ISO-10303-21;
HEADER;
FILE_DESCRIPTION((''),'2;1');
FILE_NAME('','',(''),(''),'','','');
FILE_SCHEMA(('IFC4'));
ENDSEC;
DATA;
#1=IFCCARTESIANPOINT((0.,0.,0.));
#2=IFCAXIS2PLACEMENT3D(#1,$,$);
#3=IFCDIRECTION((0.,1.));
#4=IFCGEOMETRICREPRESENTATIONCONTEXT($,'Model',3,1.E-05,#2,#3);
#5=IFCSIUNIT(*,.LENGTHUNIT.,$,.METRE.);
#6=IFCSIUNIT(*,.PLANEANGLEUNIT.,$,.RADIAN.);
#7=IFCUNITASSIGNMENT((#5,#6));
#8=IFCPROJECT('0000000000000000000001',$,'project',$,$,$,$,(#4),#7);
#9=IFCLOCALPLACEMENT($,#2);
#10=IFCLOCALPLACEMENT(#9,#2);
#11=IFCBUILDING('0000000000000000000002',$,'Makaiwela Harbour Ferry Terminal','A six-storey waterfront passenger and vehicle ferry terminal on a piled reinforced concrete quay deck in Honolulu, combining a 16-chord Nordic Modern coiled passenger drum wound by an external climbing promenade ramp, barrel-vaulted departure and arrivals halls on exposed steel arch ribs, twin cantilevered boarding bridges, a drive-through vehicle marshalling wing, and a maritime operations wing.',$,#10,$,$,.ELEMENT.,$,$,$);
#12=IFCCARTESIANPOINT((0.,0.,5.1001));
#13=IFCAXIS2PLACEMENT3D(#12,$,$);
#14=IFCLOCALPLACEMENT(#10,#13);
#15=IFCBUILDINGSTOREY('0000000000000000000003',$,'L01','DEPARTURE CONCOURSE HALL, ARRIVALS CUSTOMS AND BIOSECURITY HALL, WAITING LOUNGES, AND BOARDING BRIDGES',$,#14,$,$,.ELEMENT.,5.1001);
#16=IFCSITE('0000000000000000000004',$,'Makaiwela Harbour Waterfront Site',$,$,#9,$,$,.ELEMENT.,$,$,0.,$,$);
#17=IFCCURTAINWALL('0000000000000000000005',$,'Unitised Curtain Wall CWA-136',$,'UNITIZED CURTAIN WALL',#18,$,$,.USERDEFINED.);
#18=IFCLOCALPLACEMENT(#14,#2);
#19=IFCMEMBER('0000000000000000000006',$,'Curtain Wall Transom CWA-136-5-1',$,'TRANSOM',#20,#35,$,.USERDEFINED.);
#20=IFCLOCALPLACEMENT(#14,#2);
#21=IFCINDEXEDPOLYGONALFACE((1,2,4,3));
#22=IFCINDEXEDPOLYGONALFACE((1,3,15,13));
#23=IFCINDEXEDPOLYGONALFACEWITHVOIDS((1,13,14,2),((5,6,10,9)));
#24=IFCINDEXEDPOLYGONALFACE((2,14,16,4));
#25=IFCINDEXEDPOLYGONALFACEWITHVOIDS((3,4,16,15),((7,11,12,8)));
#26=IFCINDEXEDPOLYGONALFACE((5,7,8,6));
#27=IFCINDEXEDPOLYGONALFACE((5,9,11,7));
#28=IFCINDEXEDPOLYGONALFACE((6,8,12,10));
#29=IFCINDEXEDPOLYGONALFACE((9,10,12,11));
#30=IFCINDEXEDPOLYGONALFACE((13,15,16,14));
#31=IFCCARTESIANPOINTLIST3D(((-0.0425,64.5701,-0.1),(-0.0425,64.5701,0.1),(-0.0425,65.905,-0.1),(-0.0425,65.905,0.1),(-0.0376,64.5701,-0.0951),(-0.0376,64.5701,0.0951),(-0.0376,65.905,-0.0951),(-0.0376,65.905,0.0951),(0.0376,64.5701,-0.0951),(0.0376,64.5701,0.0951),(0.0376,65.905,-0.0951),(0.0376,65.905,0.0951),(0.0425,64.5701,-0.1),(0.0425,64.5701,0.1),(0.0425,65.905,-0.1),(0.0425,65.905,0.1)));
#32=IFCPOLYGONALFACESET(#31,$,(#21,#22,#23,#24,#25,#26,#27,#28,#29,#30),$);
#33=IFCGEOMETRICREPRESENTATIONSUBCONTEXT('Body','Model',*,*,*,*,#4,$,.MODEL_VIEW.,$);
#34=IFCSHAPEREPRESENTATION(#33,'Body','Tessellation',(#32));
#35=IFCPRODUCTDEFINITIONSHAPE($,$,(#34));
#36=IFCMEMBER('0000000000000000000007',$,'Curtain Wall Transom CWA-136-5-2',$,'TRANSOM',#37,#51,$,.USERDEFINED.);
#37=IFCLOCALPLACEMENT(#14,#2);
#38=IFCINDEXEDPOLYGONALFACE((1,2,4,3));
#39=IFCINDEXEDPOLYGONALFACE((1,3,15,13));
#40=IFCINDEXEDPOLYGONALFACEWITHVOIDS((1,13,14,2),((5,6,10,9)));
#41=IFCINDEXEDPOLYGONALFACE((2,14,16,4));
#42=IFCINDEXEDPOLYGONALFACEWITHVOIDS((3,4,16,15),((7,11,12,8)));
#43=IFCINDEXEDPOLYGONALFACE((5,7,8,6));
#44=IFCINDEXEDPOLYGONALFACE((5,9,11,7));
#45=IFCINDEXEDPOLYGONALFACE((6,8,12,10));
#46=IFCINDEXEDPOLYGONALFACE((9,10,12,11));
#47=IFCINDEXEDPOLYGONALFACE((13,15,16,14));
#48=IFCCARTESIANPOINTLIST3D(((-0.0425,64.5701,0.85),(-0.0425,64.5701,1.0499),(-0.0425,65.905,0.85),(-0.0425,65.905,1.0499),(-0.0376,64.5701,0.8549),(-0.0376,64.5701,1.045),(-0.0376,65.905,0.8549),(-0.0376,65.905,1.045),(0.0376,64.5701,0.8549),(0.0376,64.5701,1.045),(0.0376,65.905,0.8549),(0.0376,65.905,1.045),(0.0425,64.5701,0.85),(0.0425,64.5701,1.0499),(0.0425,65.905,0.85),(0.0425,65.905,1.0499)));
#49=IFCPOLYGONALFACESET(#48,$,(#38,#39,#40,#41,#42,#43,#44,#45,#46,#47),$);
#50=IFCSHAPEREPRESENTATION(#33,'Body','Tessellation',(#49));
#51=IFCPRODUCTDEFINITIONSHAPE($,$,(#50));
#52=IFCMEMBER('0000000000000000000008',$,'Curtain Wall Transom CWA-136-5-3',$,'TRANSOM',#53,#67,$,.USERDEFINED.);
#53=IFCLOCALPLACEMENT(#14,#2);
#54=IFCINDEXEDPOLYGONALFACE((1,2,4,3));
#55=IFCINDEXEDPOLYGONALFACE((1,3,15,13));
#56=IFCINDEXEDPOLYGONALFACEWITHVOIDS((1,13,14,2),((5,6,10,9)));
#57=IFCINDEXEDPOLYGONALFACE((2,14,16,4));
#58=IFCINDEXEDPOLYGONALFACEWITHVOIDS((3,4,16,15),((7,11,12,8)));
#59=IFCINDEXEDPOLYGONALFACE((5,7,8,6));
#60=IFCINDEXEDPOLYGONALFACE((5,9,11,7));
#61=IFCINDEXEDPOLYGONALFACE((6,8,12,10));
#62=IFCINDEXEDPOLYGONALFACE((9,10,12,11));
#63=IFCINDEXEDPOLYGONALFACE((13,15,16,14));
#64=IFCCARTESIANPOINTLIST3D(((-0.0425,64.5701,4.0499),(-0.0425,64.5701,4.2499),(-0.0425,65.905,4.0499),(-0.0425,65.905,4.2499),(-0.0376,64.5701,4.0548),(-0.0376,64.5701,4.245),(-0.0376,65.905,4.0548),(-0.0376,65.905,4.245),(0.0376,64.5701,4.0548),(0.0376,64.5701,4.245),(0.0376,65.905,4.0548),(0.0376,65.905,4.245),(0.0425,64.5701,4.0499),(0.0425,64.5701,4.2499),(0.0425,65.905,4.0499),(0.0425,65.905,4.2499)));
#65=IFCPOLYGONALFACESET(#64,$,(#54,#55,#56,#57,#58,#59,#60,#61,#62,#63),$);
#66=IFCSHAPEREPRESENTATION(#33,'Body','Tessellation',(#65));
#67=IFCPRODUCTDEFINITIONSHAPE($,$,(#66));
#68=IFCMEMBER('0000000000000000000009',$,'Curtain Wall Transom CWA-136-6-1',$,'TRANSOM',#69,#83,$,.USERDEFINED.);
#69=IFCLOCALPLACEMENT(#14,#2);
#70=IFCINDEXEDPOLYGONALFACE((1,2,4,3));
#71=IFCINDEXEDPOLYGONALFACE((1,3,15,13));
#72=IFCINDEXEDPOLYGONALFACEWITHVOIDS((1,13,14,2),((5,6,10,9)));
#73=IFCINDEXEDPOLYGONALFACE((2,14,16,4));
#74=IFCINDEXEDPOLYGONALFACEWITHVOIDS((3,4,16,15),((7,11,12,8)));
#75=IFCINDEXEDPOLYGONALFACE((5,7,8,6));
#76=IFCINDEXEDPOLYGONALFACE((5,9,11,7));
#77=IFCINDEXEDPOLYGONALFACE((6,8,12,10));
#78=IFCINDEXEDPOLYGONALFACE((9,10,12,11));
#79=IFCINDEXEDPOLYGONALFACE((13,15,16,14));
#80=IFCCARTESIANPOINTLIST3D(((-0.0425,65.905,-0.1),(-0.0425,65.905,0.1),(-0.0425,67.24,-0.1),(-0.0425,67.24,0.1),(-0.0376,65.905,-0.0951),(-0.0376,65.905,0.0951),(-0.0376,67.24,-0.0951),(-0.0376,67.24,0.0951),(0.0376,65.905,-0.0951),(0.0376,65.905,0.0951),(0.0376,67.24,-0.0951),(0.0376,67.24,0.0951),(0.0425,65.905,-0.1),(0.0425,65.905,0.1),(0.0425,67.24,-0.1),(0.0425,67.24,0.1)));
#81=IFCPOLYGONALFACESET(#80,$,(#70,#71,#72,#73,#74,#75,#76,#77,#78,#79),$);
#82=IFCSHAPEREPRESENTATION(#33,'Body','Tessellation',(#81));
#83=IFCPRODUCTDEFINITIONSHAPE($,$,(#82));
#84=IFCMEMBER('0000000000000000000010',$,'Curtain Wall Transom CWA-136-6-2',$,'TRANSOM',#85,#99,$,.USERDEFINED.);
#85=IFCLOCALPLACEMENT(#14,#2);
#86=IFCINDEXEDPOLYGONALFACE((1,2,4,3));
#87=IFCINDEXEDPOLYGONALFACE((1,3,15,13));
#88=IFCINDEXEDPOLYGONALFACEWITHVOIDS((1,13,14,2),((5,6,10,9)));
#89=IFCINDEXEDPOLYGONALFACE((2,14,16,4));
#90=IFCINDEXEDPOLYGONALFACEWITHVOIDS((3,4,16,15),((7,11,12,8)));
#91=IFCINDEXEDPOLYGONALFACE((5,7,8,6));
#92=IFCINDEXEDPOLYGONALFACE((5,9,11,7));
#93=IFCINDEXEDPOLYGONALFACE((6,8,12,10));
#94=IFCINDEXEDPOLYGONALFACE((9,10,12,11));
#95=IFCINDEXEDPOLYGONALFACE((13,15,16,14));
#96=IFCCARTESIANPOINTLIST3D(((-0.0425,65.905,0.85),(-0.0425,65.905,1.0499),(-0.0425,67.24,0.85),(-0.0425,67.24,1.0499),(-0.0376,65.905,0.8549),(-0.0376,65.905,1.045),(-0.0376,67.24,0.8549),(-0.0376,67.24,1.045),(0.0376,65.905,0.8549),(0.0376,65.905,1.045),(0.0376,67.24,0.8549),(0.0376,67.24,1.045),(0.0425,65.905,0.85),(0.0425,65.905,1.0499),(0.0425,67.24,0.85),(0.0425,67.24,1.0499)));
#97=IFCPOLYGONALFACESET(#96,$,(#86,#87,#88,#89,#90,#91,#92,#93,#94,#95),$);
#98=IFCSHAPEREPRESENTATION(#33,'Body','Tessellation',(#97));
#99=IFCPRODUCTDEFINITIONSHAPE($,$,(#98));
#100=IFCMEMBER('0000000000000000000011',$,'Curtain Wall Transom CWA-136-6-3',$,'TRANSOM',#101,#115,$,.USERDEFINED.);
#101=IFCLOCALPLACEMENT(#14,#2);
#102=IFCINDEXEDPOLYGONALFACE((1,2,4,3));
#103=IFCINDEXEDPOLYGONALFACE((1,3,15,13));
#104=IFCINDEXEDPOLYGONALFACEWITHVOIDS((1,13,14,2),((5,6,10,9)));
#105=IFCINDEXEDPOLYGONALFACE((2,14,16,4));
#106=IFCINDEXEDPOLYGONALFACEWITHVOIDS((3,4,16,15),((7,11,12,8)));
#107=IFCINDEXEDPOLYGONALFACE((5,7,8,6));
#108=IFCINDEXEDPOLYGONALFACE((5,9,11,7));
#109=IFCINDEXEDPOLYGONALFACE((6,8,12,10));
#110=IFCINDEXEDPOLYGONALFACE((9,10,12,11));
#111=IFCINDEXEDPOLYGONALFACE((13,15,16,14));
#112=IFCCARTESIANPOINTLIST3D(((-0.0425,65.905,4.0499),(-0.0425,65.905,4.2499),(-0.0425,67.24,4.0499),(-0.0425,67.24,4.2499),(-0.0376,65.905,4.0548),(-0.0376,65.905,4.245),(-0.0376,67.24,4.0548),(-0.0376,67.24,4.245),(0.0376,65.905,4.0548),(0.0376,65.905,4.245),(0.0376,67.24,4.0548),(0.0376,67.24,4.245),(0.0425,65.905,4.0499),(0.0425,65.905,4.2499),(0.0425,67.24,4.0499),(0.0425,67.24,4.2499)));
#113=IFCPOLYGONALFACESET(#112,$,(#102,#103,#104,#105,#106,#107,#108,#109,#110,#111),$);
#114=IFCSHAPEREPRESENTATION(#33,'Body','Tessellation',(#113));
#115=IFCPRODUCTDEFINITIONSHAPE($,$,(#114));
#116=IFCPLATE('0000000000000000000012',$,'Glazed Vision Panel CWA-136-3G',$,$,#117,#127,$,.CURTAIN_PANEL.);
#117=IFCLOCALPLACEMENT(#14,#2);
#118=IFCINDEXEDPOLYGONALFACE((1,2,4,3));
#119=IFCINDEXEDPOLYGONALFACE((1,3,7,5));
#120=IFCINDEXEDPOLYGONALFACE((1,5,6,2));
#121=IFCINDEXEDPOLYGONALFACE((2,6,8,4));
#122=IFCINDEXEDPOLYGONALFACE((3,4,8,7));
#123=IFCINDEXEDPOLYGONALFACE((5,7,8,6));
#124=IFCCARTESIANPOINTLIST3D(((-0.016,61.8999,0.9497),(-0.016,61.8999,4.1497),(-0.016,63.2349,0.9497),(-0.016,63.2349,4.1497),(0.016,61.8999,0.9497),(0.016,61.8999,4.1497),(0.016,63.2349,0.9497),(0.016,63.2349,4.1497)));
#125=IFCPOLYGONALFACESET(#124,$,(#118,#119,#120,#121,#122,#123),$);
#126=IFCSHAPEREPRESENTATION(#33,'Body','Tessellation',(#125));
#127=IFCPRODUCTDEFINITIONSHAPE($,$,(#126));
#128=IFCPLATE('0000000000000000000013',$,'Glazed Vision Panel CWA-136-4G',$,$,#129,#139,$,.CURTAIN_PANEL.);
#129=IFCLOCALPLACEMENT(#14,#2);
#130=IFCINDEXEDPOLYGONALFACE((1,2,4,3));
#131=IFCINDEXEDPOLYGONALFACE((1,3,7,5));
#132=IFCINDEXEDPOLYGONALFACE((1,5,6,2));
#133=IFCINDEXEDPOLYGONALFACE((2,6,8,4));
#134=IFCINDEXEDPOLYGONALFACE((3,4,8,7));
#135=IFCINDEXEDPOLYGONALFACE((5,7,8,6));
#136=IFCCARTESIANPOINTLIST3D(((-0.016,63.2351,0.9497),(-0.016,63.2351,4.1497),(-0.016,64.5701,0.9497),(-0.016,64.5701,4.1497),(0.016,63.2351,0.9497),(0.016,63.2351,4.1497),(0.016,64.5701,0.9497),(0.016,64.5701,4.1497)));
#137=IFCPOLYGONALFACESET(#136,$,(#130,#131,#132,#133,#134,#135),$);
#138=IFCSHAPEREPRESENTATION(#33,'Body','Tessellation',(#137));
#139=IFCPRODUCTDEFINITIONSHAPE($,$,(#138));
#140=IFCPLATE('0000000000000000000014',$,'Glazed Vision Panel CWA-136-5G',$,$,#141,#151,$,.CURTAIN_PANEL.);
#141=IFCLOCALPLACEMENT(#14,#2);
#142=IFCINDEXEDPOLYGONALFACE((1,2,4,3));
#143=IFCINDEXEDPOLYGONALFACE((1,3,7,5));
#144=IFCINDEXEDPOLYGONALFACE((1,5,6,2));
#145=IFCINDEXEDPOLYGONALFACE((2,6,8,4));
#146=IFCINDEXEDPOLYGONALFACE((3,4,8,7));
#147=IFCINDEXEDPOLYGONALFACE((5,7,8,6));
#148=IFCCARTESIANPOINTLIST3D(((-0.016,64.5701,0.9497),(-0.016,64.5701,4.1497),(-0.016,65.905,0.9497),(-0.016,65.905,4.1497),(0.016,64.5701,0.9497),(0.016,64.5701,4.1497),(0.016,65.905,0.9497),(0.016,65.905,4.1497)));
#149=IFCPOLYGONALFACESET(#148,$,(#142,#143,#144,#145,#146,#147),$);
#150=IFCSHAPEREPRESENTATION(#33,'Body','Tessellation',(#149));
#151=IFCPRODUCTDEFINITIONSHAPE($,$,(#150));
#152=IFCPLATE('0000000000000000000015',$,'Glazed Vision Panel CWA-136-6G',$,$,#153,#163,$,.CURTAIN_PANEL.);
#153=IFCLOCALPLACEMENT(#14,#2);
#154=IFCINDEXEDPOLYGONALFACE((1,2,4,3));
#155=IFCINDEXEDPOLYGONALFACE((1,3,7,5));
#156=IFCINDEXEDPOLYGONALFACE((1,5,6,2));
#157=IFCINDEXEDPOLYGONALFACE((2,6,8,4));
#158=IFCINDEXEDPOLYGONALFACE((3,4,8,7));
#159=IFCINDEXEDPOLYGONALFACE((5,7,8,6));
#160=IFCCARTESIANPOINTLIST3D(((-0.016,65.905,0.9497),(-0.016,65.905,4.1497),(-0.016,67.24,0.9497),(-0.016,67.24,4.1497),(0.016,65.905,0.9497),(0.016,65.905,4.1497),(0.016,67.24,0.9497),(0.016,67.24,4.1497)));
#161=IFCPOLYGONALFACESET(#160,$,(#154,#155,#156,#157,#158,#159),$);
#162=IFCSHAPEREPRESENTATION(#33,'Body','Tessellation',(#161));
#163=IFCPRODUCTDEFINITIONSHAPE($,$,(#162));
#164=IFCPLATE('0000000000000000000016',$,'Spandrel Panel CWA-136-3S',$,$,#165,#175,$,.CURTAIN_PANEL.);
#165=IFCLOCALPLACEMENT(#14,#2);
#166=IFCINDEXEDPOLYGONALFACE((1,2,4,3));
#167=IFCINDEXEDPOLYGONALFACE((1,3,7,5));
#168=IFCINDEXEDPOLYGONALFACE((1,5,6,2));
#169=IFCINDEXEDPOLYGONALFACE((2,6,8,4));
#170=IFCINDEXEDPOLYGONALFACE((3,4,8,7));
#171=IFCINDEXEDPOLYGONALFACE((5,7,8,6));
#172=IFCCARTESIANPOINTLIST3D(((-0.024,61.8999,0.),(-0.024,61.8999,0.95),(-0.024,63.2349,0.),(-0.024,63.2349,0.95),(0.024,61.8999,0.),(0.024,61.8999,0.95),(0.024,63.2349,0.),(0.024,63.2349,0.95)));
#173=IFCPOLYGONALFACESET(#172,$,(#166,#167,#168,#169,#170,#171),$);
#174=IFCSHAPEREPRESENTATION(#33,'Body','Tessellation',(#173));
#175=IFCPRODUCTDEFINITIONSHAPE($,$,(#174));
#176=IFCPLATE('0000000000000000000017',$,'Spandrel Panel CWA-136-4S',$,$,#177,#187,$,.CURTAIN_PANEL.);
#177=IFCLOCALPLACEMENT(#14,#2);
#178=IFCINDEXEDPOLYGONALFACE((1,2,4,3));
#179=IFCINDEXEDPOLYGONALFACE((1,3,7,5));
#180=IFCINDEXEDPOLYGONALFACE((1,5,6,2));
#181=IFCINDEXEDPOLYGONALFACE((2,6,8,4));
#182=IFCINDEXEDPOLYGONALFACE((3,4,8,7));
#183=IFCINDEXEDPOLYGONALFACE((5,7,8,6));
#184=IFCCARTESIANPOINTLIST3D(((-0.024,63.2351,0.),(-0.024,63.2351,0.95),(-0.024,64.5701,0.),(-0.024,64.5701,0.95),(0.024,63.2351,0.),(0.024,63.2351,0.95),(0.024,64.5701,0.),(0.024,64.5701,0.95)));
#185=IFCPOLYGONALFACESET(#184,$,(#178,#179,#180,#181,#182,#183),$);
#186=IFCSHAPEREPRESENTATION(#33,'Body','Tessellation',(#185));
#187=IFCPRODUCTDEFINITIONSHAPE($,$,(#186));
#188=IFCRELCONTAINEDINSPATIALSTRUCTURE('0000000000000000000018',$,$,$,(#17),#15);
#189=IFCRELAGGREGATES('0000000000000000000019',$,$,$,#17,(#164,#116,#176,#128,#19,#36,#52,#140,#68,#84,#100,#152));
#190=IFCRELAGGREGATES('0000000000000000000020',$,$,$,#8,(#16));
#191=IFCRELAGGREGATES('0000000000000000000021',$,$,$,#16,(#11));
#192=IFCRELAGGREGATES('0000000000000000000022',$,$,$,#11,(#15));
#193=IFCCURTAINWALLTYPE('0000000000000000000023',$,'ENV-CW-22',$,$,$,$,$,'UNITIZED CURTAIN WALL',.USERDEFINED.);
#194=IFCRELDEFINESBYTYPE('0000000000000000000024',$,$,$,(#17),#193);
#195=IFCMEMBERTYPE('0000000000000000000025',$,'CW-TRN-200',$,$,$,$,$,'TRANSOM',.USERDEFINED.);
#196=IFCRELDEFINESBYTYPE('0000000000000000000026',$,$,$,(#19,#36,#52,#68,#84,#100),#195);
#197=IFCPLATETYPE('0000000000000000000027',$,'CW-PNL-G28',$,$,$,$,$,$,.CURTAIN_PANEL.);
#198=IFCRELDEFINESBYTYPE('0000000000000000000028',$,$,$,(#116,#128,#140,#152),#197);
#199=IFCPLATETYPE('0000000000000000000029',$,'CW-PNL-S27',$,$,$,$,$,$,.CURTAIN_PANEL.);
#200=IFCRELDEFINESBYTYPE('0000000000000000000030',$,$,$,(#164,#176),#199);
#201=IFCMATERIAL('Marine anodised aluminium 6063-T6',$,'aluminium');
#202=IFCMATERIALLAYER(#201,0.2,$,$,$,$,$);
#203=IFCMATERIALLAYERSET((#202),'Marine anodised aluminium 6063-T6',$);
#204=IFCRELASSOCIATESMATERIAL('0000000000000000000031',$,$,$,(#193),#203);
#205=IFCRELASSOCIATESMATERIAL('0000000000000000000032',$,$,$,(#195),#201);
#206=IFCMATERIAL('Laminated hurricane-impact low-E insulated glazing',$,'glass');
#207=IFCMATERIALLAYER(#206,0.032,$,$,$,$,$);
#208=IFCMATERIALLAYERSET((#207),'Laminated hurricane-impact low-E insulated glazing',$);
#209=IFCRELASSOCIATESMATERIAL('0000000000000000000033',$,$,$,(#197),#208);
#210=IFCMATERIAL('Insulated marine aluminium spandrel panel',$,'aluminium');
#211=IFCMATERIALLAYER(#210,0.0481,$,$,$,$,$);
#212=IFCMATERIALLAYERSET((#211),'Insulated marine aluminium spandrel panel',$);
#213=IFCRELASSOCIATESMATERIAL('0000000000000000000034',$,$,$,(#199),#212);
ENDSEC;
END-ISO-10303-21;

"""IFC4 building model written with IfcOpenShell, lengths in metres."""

from ifc_helpers import new_model, si_unit, direction, frame, origin, origin_2d, place, context, subcontext, project, spatial, rectangle, hollow_rectangle, extrude, material, layer, layer_set, material_profile, profile_set, type_object, element, aggregate, save


model = new_model("IFC4")

# Units and contexts
model_context = context("Model", 3, precision=1e-05, world=origin(), true_north=direction((0.0, 1.0)))
body_context = subcontext(model_context, "Body", "Model", "MODEL_VIEW")
ifc_project = project(units=[si_unit("LENGTHUNIT", "METRE"), si_unit("PLANEANGLEUNIT", "RADIAN")], contexts=[model_context])

# Site, building, storey
site_placement = place(None, origin())
site = spatial("IfcSite", under=ifc_project, at=site_placement, Name="Makaiwela Harbour Waterfront Site", CompositionType="ELEMENT", RefElevation=0.0)
building_placement = place(site_placement, origin())
building = spatial("IfcBuilding", under=site, at=building_placement, Name="Makaiwela Harbour Ferry Terminal", Description="A six-storey waterfront passenger and vehicle ferry terminal on a piled reinforced concrete quay deck in Honolulu, combining a 16-chord Nordic Modern coiled passenger drum wound by an external climbing promenade ramp, barrel-vaulted departure and arrivals halls on exposed steel arch ribs, twin cantilevered boarding bridges, a drive-through vehicle marshalling wing, and a maritime operations wing.", CompositionType="ELEMENT")
storey_placement = place(building_placement, frame((0.0, 0.0, 5.1001)))
storey = spatial("IfcBuildingStorey", under=building, at=storey_placement, Name="L01", Description="DEPARTURE CONCOURSE HALL, ARRIVALS CUSTOMS AND BIOSECURITY HALL, WAITING LOUNGES, AND BOARDING BRIDGES", CompositionType="ELEMENT", Elevation=5.1001)

# Curtain wall
ifc_material_1 = material(Name="Marine anodised aluminium 6063-T6", Category="aluminium")
ifc_layer_1 = layer(ifc_material_1, 0.2)
ifc_layer_set_1 = layer_set([ifc_layer_1], Name="Marine anodised aluminium 6063-T6")
curtain_wall_type = type_object("IfcCurtainWallType", Name="ENV-CW-22", ElementType="UNITIZED CURTAIN WALL", PredefinedType="USERDEFINED", material=ifc_layer_set_1)
curtain_wall_1_placement = place(storey_placement, origin())
curtain_wall_1 = element("IfcCurtainWall", 1, at=curtain_wall_1_placement, inside=storey, type_object=curtain_wall_type, Name="Unitised Curtain Wall CWA-136", ObjectType="UNITIZED CURTAIN WALL", PredefinedType="USERDEFINED")

# Members
ifc_material_profile_1 = material_profile(ifc_material_1, hollow_rectangle(XDim=0.085, YDim=0.2, WallThickness=0.0049, at=origin_2d()), Name="CWT-200X85")
ifc_profile_set_1 = profile_set([ifc_material_profile_1], Name="Marine anodised aluminium 6063-T6")
member_type_1 = type_object("IfcMemberType", Name="CW-TRN-200", ElementType="TRANSOM", PredefinedType="USERDEFINED", material=ifc_profile_set_1)
member_1_placement = place(storey_placement, frame((0.0, 64.5701, 0.0), z_axis=(0.0, 1.0, 0.0), x_axis=(-1.0, 0.0, 0.0)))
member_1 = element("IfcMember", 2, at=member_1_placement, type_object=member_type_1, Name="Curtain Wall Transom CWA-136-5-1", ObjectType="TRANSOM", PredefinedType="USERDEFINED", context=body_context, shape_type="SweptSolid", body=[
    extrude(hollow_rectangle(XDim=0.085, YDim=0.2, WallThickness=0.0049, at=origin_2d()), origin(), (0.0, 0.0, 1.0), 1.335),
])
member_2_placement = place(storey_placement, frame((0.0, 64.5701, 0.95), z_axis=(0.0, 1.0, 0.0), x_axis=(-1.0, 0.0, 0.0)))
member_2 = element("IfcMember", 3, at=member_2_placement, type_object=member_type_1, Name="Curtain Wall Transom CWA-136-5-2", ObjectType="TRANSOM", PredefinedType="USERDEFINED", context=body_context, shape_type="SweptSolid", body=[
    extrude(hollow_rectangle(XDim=0.085, YDim=0.2, WallThickness=0.0049, at=origin_2d()), origin(), (0.0, 0.0, 1.0), 1.335),
])
member_3_placement = place(storey_placement, frame((0.0, 64.5701, 4.1499), z_axis=(0.0, 1.0, 0.0), x_axis=(-1.0, 0.0, 0.0)))
member_3 = element("IfcMember", 4, at=member_3_placement, type_object=member_type_1, Name="Curtain Wall Transom CWA-136-5-3", ObjectType="TRANSOM", PredefinedType="USERDEFINED", context=body_context, shape_type="SweptSolid", body=[
    extrude(hollow_rectangle(XDim=0.085, YDim=0.2, WallThickness=0.0049, at=origin_2d()), origin(), (0.0, 0.0, 1.0), 1.335),
])
member_4_placement = place(storey_placement, frame((0.0, 65.905, 0.0), z_axis=(0.0, 1.0, 0.0), x_axis=(-1.0, 0.0, 0.0)))
member_4 = element("IfcMember", 5, at=member_4_placement, type_object=member_type_1, Name="Curtain Wall Transom CWA-136-6-1", ObjectType="TRANSOM", PredefinedType="USERDEFINED", context=body_context, shape_type="SweptSolid", body=[
    extrude(hollow_rectangle(XDim=0.085, YDim=0.2, WallThickness=0.0049, at=origin_2d()), origin(), (0.0, 0.0, 1.0), 1.335),
])
member_5_placement = place(storey_placement, frame((0.0, 65.905, 0.95), z_axis=(0.0, 1.0, 0.0), x_axis=(-1.0, 0.0, 0.0)))
member_5 = element("IfcMember", 6, at=member_5_placement, type_object=member_type_1, Name="Curtain Wall Transom CWA-136-6-2", ObjectType="TRANSOM", PredefinedType="USERDEFINED", context=body_context, shape_type="SweptSolid", body=[
    extrude(hollow_rectangle(XDim=0.085, YDim=0.2, WallThickness=0.0049, at=origin_2d()), origin(), (0.0, 0.0, 1.0), 1.335),
])
member_6_placement = place(storey_placement, frame((0.0, 65.905, 4.1499), z_axis=(0.0, 1.0, 0.0), x_axis=(-1.0, 0.0, 0.0)))
member_6 = element("IfcMember", 7, at=member_6_placement, type_object=member_type_1, Name="Curtain Wall Transom CWA-136-6-3", ObjectType="TRANSOM", PredefinedType="USERDEFINED", context=body_context, shape_type="SweptSolid", body=[
    extrude(hollow_rectangle(XDim=0.085, YDim=0.2, WallThickness=0.0049, at=origin_2d()), origin(), (0.0, 0.0, 1.0), 1.335),
])

# Plates
ifc_material_2 = material(Name="Laminated hurricane-impact low-E insulated glazing", Category="glass")
ifc_layer_2 = layer(ifc_material_2, 0.032)
ifc_layer_set_2 = layer_set([ifc_layer_2], Name="Laminated hurricane-impact low-E insulated glazing")
plate_type_1 = type_object("IfcPlateType", Name="CW-PNL-G28", PredefinedType="CURTAIN_PANEL", material=ifc_layer_set_2)
plate_1_placement = place(storey_placement, frame((0.0, 62.5674, 0.9497), z_axis=(0.0, 0.0, 1.0), x_axis=(0.0, 1.0, 0.0)))
plate_1 = element("IfcPlate", 8, at=plate_1_placement, type_object=plate_type_1, Name="Glazed Vision Panel CWA-136-3G", PredefinedType="CURTAIN_PANEL", context=body_context, shape_type="SweptSolid", body=[
    extrude(rectangle(XDim=1.335, YDim=0.032, at=origin_2d()), origin(), (0.0, 0.0, 1.0), 3.2),
])
plate_2_placement = place(storey_placement, frame((0.0, 63.9026, 0.9497), z_axis=(0.0, 0.0, 1.0), x_axis=(0.0, 1.0, 0.0)))
plate_2 = element("IfcPlate", 9, at=plate_2_placement, type_object=plate_type_1, Name="Glazed Vision Panel CWA-136-4G", PredefinedType="CURTAIN_PANEL", context=body_context, shape_type="SweptSolid", body=[
    extrude(rectangle(XDim=1.335, YDim=0.032, at=origin_2d()), origin(), (0.0, 0.0, 1.0), 3.2),
])
plate_3_placement = place(storey_placement, frame((0.0, 65.2375, 0.9497), z_axis=(0.0, 0.0, 1.0), x_axis=(0.0, 1.0, 0.0)))
plate_3 = element("IfcPlate", 10, at=plate_3_placement, type_object=plate_type_1, Name="Glazed Vision Panel CWA-136-5G", PredefinedType="CURTAIN_PANEL", context=body_context, shape_type="SweptSolid", body=[
    extrude(rectangle(XDim=1.335, YDim=0.032, at=origin_2d()), origin(), (0.0, 0.0, 1.0), 3.2),
])
plate_4_placement = place(storey_placement, frame((0.0, 66.5725, 0.9497), z_axis=(0.0, 0.0, 1.0), x_axis=(0.0, 1.0, 0.0)))
plate_4 = element("IfcPlate", 11, at=plate_4_placement, type_object=plate_type_1, Name="Glazed Vision Panel CWA-136-6G", PredefinedType="CURTAIN_PANEL", context=body_context, shape_type="SweptSolid", body=[
    extrude(rectangle(XDim=1.335, YDim=0.032, at=origin_2d()), origin(), (0.0, 0.0, 1.0), 3.2),
])
ifc_material_3 = material(Name="Insulated marine aluminium spandrel panel", Category="aluminium")
ifc_layer_3 = layer(ifc_material_3, 0.0481)
ifc_layer_set_3 = layer_set([ifc_layer_3], Name="Insulated marine aluminium spandrel panel")
plate_type_2 = type_object("IfcPlateType", Name="CW-PNL-S27", PredefinedType="CURTAIN_PANEL", material=ifc_layer_set_3)
plate_5_placement = place(storey_placement, frame((0.0, 62.5674, 0.0), z_axis=(0.0, 0.0, 1.0), x_axis=(0.0, 1.0, 0.0)))
plate_5 = element("IfcPlate", 12, at=plate_5_placement, type_object=plate_type_2, Name="Spandrel Panel CWA-136-3S", PredefinedType="CURTAIN_PANEL", context=body_context, shape_type="SweptSolid", body=[
    extrude(rectangle(XDim=1.335, YDim=0.0481, at=origin_2d()), origin(), (0.0, 0.0, 1.0), 0.95),
])
plate_6_placement = place(storey_placement, frame((0.0, 63.9026, 0.0), z_axis=(0.0, 0.0, 1.0), x_axis=(0.0, 1.0, 0.0)))
plate_6 = element("IfcPlate", 13, at=plate_6_placement, type_object=plate_type_2, Name="Spandrel Panel CWA-136-4S", PredefinedType="CURTAIN_PANEL", context=body_context, shape_type="SweptSolid", body=[
    extrude(rectangle(XDim=1.335, YDim=0.0481, at=origin_2d()), origin(), (0.0, 0.0, 1.0), 0.95),
])
aggregate(curtain_wall_1, [plate_5, plate_1, plate_6, plate_2, member_1, member_2, member_3, plate_3, member_4, member_5, member_6, plate_4])

save(model, "model.ifc")
